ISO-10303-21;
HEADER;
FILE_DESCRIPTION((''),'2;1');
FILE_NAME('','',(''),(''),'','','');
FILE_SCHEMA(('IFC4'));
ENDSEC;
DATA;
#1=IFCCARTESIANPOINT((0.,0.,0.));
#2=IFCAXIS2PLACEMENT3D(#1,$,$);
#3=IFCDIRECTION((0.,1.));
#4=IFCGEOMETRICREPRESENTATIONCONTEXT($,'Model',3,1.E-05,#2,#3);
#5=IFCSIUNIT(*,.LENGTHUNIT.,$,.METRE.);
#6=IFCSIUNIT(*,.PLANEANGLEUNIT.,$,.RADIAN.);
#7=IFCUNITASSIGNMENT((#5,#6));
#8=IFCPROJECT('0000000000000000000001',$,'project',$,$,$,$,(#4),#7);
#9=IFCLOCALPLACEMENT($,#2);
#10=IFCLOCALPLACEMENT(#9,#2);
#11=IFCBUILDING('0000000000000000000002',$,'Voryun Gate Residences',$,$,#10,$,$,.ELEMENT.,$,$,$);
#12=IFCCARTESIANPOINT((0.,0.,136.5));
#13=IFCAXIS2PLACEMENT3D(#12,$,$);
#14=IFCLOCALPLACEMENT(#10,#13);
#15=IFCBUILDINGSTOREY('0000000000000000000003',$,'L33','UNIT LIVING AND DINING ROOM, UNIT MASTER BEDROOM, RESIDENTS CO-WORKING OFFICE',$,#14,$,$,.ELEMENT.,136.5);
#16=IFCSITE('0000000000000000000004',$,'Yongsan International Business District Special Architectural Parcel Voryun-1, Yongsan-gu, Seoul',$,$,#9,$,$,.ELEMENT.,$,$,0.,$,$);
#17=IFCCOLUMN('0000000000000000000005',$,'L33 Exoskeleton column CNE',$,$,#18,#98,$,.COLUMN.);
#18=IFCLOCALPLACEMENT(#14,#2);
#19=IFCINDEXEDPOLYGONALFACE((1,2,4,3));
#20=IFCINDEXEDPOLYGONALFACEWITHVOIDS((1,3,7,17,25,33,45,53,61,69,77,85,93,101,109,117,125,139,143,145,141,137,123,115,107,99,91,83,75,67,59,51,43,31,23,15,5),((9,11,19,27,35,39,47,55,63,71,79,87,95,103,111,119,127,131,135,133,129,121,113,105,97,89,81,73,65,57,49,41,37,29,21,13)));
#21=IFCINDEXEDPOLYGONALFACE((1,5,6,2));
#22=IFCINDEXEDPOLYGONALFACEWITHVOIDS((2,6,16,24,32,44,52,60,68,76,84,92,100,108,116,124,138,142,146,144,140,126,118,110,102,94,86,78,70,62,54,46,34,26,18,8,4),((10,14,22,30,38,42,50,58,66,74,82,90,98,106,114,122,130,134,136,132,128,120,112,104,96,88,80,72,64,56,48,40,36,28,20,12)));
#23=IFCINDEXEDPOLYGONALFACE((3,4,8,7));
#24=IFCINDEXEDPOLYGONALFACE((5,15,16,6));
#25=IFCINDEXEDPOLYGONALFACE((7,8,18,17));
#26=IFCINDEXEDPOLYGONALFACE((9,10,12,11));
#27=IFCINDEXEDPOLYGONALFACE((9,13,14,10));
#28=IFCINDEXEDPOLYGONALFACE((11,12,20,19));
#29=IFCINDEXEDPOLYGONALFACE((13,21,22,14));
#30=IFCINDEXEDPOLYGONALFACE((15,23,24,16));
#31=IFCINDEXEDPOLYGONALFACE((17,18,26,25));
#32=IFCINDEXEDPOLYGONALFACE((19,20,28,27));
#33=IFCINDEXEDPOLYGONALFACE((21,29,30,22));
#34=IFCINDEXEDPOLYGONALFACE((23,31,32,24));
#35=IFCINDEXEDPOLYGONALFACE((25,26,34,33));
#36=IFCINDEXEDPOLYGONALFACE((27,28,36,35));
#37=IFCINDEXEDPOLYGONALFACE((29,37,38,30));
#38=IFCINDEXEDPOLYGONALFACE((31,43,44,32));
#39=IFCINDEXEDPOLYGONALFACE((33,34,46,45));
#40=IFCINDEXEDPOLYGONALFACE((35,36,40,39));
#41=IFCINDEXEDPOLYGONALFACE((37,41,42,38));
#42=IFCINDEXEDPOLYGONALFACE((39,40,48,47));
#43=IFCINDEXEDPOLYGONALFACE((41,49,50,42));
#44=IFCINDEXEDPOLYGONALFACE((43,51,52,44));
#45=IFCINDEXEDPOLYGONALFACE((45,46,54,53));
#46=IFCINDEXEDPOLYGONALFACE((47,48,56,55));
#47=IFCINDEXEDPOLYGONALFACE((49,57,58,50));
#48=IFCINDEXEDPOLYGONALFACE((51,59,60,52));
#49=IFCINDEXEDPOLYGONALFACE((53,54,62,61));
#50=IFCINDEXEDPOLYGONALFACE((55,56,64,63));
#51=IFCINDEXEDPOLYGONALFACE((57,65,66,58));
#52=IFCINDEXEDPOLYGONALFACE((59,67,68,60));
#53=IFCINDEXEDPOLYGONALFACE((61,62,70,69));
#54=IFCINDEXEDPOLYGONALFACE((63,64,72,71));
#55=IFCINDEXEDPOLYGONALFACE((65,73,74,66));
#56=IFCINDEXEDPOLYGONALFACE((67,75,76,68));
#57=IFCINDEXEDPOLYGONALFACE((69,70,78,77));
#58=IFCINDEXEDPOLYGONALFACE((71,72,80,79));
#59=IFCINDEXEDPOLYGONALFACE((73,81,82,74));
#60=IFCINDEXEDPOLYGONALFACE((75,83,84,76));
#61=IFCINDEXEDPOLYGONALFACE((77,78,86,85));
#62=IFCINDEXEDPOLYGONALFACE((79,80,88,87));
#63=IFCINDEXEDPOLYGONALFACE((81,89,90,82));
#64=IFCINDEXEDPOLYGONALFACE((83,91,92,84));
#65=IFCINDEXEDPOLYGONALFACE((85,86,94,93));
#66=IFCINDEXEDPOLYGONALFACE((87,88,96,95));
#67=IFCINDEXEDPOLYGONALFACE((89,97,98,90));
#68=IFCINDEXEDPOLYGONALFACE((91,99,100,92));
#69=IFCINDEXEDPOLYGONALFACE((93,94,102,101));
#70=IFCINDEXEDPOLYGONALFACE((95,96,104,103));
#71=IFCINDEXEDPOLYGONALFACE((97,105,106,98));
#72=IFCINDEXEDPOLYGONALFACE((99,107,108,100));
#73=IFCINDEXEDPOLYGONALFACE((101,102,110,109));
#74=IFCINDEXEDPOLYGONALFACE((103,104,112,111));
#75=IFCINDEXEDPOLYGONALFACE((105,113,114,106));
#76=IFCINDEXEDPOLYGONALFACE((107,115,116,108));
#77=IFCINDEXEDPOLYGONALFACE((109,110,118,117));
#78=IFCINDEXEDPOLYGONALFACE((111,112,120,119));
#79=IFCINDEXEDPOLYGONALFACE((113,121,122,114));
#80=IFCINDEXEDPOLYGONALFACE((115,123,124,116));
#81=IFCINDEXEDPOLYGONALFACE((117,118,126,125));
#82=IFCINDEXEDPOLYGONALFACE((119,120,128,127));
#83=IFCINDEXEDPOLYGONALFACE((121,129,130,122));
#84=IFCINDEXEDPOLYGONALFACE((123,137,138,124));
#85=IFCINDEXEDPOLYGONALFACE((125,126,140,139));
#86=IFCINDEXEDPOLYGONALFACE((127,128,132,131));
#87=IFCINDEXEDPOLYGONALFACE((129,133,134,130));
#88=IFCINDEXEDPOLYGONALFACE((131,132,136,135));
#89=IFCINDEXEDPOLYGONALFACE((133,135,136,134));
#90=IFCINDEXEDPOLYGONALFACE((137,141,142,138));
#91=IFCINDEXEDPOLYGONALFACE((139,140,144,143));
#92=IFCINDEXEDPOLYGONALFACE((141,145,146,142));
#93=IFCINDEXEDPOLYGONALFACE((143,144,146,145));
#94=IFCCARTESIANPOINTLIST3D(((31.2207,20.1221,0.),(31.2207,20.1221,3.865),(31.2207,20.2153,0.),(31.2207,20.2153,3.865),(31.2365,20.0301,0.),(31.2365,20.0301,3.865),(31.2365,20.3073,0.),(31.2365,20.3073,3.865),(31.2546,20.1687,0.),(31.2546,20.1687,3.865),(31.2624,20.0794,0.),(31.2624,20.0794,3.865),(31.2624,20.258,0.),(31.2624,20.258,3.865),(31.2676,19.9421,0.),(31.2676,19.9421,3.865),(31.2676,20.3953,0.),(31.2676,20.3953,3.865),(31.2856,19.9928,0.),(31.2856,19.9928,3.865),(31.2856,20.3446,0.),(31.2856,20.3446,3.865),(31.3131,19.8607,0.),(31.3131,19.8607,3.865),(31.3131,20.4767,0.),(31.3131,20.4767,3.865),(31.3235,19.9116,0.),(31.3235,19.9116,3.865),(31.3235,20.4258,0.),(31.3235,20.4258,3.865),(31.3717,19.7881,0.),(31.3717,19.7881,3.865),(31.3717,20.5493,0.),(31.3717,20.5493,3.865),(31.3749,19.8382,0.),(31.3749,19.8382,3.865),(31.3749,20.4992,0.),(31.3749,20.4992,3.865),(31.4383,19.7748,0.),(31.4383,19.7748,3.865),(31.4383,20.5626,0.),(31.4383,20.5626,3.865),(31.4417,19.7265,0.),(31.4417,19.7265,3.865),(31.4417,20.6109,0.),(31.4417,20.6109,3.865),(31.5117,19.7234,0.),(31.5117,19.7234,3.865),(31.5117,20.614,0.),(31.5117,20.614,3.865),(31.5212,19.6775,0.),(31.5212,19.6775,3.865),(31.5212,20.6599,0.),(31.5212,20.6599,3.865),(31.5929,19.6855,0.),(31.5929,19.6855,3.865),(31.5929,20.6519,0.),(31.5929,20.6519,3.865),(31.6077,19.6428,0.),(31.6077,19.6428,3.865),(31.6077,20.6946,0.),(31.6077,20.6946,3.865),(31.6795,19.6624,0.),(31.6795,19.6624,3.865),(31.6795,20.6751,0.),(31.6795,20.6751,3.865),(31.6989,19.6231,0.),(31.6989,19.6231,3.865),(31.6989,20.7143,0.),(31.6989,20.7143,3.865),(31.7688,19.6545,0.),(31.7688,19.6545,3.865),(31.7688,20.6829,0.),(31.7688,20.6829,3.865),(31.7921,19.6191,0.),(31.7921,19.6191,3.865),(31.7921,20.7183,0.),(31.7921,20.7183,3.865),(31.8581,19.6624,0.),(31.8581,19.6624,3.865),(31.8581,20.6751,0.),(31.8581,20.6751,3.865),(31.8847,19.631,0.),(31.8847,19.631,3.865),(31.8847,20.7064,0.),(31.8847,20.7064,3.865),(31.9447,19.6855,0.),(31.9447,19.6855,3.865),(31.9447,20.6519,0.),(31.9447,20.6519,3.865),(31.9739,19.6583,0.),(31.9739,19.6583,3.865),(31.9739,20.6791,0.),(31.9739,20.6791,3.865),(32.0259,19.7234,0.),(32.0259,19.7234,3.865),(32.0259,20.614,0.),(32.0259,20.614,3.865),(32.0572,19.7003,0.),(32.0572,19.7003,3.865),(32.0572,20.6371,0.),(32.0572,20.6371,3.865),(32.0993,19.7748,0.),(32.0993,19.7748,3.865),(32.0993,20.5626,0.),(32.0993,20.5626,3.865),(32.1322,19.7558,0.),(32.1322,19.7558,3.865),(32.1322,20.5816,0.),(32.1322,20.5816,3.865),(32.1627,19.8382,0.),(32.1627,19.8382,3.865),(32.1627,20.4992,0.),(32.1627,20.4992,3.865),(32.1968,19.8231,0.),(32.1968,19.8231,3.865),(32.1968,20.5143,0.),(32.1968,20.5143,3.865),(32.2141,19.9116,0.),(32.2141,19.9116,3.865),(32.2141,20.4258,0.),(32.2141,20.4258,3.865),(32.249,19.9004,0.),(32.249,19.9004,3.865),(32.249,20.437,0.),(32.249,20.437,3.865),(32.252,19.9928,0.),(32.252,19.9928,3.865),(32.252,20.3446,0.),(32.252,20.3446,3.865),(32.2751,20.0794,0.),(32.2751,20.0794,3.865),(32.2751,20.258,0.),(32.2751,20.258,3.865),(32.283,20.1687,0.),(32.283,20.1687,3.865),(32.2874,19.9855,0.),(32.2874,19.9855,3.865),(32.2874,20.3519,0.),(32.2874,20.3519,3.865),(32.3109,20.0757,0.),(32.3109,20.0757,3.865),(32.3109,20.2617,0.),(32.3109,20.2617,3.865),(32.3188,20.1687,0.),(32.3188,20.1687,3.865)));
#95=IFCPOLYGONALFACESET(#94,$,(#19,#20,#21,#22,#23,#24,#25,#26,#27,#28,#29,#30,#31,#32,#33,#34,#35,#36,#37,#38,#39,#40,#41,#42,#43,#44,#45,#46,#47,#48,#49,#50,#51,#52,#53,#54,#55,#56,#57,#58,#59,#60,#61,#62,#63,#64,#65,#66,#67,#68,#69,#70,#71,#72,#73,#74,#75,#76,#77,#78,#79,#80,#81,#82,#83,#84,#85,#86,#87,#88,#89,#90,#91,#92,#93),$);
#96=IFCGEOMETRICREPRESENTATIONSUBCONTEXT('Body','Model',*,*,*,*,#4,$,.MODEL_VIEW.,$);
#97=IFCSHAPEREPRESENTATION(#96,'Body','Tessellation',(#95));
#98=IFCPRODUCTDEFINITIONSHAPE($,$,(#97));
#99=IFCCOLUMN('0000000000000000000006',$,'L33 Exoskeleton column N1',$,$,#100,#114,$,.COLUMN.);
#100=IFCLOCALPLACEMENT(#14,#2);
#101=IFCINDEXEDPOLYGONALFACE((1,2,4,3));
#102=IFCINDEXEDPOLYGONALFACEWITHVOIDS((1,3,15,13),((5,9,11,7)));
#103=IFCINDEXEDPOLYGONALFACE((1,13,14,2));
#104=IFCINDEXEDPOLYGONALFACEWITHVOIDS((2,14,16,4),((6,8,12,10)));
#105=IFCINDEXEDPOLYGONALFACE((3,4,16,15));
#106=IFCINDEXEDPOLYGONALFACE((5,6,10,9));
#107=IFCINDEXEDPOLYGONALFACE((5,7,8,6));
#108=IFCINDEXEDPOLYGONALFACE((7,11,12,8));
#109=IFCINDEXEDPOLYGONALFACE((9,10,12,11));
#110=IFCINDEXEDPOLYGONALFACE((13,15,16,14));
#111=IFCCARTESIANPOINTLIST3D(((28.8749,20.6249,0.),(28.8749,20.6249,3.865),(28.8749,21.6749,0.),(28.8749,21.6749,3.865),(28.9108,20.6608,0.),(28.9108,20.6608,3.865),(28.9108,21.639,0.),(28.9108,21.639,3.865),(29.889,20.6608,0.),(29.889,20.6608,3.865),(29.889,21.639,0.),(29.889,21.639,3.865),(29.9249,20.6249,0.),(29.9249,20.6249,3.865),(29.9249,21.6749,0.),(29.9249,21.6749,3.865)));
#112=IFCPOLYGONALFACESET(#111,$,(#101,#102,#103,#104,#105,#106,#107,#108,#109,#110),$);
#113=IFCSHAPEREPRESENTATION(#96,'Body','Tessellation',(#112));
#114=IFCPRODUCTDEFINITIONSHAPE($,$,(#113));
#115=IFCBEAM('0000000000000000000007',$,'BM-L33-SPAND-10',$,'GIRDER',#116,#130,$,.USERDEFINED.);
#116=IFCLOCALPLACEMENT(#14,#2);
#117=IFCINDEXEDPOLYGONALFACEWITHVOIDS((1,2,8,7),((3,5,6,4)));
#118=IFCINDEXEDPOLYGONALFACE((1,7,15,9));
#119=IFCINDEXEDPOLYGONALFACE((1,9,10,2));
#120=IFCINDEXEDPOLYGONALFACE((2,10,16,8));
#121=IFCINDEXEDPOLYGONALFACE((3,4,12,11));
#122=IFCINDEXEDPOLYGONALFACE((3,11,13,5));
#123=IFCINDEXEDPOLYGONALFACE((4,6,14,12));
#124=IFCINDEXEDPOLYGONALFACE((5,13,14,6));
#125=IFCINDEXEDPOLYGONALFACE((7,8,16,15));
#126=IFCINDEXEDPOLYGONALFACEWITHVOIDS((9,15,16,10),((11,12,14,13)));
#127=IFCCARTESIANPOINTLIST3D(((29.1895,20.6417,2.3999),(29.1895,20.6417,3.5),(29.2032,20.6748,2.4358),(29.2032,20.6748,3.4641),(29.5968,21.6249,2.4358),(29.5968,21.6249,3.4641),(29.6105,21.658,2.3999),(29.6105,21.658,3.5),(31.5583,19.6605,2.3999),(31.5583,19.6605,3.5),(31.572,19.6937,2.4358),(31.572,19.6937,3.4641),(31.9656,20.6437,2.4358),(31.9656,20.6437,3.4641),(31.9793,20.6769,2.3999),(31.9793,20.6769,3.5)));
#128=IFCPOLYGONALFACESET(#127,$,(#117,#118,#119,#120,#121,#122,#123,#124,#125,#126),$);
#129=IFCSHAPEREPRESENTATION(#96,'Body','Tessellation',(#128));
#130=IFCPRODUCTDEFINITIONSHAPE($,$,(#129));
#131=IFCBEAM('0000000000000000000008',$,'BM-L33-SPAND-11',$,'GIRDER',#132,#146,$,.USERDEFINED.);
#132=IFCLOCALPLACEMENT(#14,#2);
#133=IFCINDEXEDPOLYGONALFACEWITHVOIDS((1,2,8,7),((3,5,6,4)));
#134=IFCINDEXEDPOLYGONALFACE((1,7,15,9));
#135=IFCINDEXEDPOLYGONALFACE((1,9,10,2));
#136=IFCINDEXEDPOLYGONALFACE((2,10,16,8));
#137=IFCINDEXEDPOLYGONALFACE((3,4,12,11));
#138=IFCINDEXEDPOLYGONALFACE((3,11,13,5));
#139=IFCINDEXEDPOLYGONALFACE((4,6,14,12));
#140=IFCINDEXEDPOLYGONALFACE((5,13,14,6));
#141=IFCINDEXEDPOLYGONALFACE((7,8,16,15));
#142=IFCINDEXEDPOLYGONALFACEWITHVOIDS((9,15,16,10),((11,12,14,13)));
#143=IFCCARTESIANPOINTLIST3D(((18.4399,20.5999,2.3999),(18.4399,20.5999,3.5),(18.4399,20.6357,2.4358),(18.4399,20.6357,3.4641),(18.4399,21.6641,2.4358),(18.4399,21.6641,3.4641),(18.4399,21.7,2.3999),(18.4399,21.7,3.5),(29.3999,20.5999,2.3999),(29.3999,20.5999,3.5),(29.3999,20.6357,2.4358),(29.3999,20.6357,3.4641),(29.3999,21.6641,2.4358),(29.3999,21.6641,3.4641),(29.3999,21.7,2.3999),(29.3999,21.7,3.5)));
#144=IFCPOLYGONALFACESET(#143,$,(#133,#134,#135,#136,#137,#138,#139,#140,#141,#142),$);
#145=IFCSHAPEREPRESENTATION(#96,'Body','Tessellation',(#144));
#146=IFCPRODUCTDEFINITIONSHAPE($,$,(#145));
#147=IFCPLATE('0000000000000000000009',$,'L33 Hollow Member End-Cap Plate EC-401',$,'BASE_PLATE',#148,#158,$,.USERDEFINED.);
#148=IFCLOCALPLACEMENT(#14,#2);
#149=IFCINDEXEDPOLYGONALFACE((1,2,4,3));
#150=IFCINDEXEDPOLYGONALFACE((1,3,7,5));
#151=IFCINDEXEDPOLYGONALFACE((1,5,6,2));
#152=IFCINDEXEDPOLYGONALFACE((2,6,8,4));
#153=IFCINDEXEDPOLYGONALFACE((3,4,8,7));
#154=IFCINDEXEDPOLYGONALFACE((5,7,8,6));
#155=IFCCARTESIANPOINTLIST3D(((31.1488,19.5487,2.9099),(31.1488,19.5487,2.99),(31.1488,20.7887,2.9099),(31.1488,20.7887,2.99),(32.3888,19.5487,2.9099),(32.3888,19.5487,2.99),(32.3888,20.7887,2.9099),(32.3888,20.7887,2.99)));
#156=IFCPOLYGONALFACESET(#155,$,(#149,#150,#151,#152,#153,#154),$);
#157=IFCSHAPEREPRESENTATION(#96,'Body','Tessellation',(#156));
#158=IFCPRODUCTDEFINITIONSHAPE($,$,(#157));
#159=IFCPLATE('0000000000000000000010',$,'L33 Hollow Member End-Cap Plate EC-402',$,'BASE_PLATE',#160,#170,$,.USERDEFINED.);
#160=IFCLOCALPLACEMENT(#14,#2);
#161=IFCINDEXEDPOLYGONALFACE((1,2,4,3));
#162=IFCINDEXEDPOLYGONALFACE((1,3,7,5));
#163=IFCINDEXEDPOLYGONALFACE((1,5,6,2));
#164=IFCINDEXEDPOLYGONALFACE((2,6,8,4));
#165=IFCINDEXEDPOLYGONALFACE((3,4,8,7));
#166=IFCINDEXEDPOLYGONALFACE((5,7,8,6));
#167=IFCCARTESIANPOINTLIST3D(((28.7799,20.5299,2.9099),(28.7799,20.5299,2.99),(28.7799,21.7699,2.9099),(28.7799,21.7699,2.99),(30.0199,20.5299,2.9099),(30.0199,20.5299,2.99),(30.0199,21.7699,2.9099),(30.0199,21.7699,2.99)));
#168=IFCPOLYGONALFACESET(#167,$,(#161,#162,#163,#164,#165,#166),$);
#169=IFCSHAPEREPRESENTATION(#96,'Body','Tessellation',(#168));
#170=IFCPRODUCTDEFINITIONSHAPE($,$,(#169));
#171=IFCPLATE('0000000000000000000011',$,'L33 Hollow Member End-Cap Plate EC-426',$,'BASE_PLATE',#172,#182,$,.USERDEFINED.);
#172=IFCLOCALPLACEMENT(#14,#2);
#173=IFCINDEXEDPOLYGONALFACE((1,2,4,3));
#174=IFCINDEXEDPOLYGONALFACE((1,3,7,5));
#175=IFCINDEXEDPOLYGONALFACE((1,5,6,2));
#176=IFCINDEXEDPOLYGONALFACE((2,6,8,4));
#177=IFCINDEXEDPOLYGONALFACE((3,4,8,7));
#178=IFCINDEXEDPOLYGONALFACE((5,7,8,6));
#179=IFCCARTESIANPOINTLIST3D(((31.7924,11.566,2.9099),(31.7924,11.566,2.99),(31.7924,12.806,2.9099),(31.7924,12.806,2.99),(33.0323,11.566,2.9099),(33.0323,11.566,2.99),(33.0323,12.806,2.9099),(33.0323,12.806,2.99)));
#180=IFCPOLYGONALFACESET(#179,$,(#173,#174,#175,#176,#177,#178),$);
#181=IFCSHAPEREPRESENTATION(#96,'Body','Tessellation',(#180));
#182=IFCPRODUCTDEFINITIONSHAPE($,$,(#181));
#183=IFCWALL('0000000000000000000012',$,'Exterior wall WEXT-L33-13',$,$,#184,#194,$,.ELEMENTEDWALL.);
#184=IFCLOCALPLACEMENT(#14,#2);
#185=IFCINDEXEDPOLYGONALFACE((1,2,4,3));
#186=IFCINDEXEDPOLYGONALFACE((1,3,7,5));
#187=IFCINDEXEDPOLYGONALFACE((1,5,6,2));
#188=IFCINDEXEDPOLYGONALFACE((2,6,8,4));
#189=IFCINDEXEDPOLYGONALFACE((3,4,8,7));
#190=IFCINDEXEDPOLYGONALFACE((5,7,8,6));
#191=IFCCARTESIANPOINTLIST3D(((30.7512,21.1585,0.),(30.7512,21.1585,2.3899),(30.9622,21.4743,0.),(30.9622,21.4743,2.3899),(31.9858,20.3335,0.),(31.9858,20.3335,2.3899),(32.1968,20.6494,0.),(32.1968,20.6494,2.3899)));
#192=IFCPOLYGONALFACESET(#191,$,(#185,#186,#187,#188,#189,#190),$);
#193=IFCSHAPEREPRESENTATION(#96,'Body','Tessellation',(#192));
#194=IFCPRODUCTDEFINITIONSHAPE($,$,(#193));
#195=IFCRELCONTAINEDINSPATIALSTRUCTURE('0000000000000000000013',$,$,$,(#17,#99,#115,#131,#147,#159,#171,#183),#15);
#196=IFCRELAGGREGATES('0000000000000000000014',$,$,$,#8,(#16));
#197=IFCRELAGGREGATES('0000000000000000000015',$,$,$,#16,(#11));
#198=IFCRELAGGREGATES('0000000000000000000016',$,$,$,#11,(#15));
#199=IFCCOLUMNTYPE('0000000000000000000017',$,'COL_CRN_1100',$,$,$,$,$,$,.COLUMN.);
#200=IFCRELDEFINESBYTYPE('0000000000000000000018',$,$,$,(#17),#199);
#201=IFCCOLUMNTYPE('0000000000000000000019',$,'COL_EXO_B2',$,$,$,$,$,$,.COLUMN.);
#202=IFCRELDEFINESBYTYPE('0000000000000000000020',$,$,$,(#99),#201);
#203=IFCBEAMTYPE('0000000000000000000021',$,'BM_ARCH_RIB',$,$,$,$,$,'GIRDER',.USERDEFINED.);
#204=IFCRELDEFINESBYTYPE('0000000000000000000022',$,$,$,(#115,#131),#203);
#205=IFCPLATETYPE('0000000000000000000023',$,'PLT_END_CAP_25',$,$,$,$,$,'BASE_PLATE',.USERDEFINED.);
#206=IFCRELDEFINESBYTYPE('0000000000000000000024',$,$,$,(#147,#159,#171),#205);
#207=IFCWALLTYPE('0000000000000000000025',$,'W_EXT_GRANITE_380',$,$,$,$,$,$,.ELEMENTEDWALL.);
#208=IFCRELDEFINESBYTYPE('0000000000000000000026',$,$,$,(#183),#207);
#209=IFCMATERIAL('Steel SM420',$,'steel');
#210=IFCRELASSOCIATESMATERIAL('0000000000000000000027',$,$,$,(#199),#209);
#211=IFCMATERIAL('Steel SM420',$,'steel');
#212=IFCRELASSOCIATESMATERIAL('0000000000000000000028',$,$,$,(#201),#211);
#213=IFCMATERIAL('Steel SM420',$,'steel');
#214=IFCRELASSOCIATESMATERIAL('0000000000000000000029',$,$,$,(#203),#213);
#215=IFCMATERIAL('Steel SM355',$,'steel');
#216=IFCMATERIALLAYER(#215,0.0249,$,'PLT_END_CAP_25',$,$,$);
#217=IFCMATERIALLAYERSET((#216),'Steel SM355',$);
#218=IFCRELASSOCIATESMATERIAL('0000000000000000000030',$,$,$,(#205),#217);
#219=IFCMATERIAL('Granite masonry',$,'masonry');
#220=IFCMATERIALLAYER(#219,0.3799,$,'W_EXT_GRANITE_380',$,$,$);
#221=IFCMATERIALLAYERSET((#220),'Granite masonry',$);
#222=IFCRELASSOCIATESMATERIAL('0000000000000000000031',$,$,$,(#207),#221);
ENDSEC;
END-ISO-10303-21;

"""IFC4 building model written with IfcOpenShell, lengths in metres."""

from ifc_helpers import new_model, si_unit, direction, frame, frame_2d, origin, origin_2d, place, context, subcontext, project, spatial, rectangle, hollow_rectangle, hollow_circle, extrude, material, layer, layer_set, material_profile, profile_set, type_object, element, save


model = new_model("IFC4")

# Units and contexts
model_context = context("Model", 3, precision=1e-05, world=origin(), true_north=direction((0.0, 1.0)))
body_context = subcontext(model_context, "Body", "Model", "MODEL_VIEW")
ifc_project = project(units=[si_unit("LENGTHUNIT", "METRE"), si_unit("PLANEANGLEUNIT", "RADIAN")], contexts=[model_context])

# Site, building, storey
site_placement = place(None, origin())
site = spatial("IfcSite", under=ifc_project, at=site_placement, Name="Yongsan International Business District Special Architectural Parcel Voryun-1, Yongsan-gu, Seoul", CompositionType="ELEMENT", RefElevation=0.0)
building_placement = place(site_placement, origin())
building = spatial("IfcBuilding", under=site, at=building_placement, Name="Voryun Gate Residences", CompositionType="ELEMENT")
storey_placement = place(building_placement, frame((0.0, 0.0, 136.5)))
storey = spatial("IfcBuildingStorey", under=building, at=storey_placement, Name="L33", Description="UNIT LIVING AND DINING ROOM, UNIT MASTER BEDROOM, RESIDENTS CO-WORKING OFFICE", CompositionType="ELEMENT", Elevation=136.5)

# Columns
ifc_material_1 = material(Name="Steel SM420", Category="steel")
ifc_material_profile_1 = material_profile(ifc_material_1, hollow_circle(Radius=0.55, WallThickness=0.0359, at=origin_2d()), Name="CHS-1100x36")
ifc_profile_set_1 = profile_set([ifc_material_profile_1], Name="Steel SM420")
column_type_1 = type_object("IfcColumnType", Name="COL_CRN_1100", PredefinedType="COLUMN", material=ifc_profile_set_1)
column_1_placement = place(storey_placement, frame((31.7688, 20.1687, 0.0), z_axis=(0.0, 0.0, 1.0), x_axis=(1.0, 0.0, 0.0)))
element("IfcColumn", 1, at=column_1_placement, inside=storey, type_object=column_type_1, Name="L33 Exoskeleton column CNE", PredefinedType="COLUMN", context=body_context, shape_type="SweptSolid", body=[
    extrude(hollow_circle(Radius=0.55, WallThickness=0.0359, at=origin_2d()), origin(), (0.0, 0.0, 1.0), 3.865),
])
ifc_material_2 = material(Name="Steel SM420", Category="steel")
ifc_material_profile_2 = material_profile(ifc_material_2, hollow_rectangle(XDim=1.05, YDim=1.05, WallThickness=0.0359, at=origin_2d()), Name="BOX-1050x1050x36")
ifc_profile_set_2 = profile_set([ifc_material_profile_2], Name="Steel SM420")
column_type_2 = type_object("IfcColumnType", Name="COL_EXO_B2", PredefinedType="COLUMN", material=ifc_profile_set_2)
column_2_placement = place(storey_placement, frame((29.3999, 21.1499, 0.0), z_axis=(0.0, 0.0, 1.0), x_axis=(1.0, 0.0, 0.0)))
element("IfcColumn", 2, at=column_2_placement, inside=storey, type_object=column_type_2, Name="L33 Exoskeleton column N1", PredefinedType="COLUMN", context=body_context, shape_type="SweptSolid", body=[
    extrude(hollow_rectangle(XDim=1.05, YDim=1.05, WallThickness=0.0359, at=origin_2d()), origin(), (0.0, 0.0, 1.0), 3.865),
])

# Beams
ifc_material_3 = material(Name="Steel SM420", Category="steel")
ifc_material_profile_3 = material_profile(ifc_material_3, hollow_rectangle(XDim=1.1001, YDim=1.1001, WallThickness=0.0359, at=origin_2d()), Name="BOX-1100x1100x36")
ifc_profile_set_3 = profile_set([ifc_material_profile_3], Name="Steel SM420")
beam_type = type_object("IfcBeamType", Name="BM_ARCH_RIB", ElementType="GIRDER", PredefinedType="USERDEFINED", material=ifc_profile_set_3)
beam_1_placement = place(storey_placement, frame((31.7688, 20.1687, 2.95), z_axis=(-0.923883, 0.382674, 0.0), x_axis=(-0.382674, -0.923883, 0.0)))
element("IfcBeam", 3, at=beam_1_placement, inside=storey, type_object=beam_type, Name="BM-L33-SPAND-10", ObjectType="GIRDER", PredefinedType="USERDEFINED", context=body_context, shape_type="SweptSolid", body=[
    extrude(hollow_rectangle(XDim=1.1001, YDim=1.1001, WallThickness=0.0359, at=origin_2d()), origin(), (0.0, 0.0, 1.0), 2.564),
])
beam_2_placement = place(storey_placement, frame((29.3999, 21.1499, 2.95), z_axis=(-1.0, 0.0, 0.0), x_axis=(0.0, -1.0, 0.0)))
element("IfcBeam", 4, at=beam_2_placement, inside=storey, type_object=beam_type, Name="BM-L33-SPAND-11", ObjectType="GIRDER", PredefinedType="USERDEFINED", context=body_context, shape_type="SweptSolid", body=[
    extrude(hollow_rectangle(XDim=1.1001, YDim=1.1001, WallThickness=0.0359, at=origin_2d()), origin(), (0.0, 0.0, 1.0), 10.96),
])

# Plates
ifc_material_4 = material(Name="Steel SM355", Category="steel")
ifc_layer_1 = layer(ifc_material_4, 0.0249, Name="PLT_END_CAP_25")
ifc_layer_set_1 = layer_set([ifc_layer_1], Name="Steel SM355")
plate_type = type_object("IfcPlateType", Name="PLT_END_CAP_25", ElementType="BASE_PLATE", PredefinedType="USERDEFINED", material=ifc_layer_set_1)
for number, where, z_axis, x_axis, name in (
    (5, (31.7688, 20.1687, 2.9099), (0.0, 0.0, 1.0), (1.0, 0.0, 0.0), "L33 Hollow Member End-Cap Plate EC-401"),
    (6, (29.3999, 21.1499, 2.9099), (0.0, 0.0, 1.0), (1.0, 0.0, 0.0), "L33 Hollow Member End-Cap Plate EC-402"),
    (7, (32.4124, 12.186, 2.9099), (0.0, 0.0, 1.0), (1.0, 0.0, 0.0), "L33 Hollow Member End-Cap Plate EC-426"),
):
    element("IfcPlate", number, at=place(storey_placement, frame(where, z_axis=z_axis, x_axis=x_axis)), inside=storey, type_object=plate_type, Name=name, ObjectType="BASE_PLATE", PredefinedType="USERDEFINED", context=body_context, shape_type="SweptSolid", body=[
        extrude(rectangle(XDim=1.24, YDim=1.24, at=origin_2d()), origin(), (0.0, 0.0, 1.0), 0.0801),
    ])

# Wall
ifc_material_5 = material(Name="Granite masonry", Category="masonry")
ifc_layer_2 = layer(ifc_material_5, 0.3799, Name="W_EXT_GRANITE_380")
ifc_layer_set_2 = layer_set([ifc_layer_2], Name="Granite masonry")
wall_type_1 = type_object("IfcWallType", Name="W_EXT_GRANITE_380", PredefinedType="ELEMENTEDWALL", material=ifc_layer_set_2)
wall_1_placement = place(storey_placement, frame((30.8567, 21.3164, 0.0), z_axis=(0.0, 0.0, 1.0), x_axis=(0.831468, -0.555573, 0.0)))
element("IfcWall", 8, at=wall_1_placement, inside=storey, type_object=wall_type_1, Name="Exterior wall WEXT-L33-13", PredefinedType="ELEMENTEDWALL", context=body_context, shape_type="SweptSolid", body=[
    extrude(rectangle(XDim=1.4849, YDim=0.3799, at=frame_2d((0.7424, 0.0))), origin(), (0.0, 0.0, 1.0), 2.3899),
])

save(model, "model.ifc")
